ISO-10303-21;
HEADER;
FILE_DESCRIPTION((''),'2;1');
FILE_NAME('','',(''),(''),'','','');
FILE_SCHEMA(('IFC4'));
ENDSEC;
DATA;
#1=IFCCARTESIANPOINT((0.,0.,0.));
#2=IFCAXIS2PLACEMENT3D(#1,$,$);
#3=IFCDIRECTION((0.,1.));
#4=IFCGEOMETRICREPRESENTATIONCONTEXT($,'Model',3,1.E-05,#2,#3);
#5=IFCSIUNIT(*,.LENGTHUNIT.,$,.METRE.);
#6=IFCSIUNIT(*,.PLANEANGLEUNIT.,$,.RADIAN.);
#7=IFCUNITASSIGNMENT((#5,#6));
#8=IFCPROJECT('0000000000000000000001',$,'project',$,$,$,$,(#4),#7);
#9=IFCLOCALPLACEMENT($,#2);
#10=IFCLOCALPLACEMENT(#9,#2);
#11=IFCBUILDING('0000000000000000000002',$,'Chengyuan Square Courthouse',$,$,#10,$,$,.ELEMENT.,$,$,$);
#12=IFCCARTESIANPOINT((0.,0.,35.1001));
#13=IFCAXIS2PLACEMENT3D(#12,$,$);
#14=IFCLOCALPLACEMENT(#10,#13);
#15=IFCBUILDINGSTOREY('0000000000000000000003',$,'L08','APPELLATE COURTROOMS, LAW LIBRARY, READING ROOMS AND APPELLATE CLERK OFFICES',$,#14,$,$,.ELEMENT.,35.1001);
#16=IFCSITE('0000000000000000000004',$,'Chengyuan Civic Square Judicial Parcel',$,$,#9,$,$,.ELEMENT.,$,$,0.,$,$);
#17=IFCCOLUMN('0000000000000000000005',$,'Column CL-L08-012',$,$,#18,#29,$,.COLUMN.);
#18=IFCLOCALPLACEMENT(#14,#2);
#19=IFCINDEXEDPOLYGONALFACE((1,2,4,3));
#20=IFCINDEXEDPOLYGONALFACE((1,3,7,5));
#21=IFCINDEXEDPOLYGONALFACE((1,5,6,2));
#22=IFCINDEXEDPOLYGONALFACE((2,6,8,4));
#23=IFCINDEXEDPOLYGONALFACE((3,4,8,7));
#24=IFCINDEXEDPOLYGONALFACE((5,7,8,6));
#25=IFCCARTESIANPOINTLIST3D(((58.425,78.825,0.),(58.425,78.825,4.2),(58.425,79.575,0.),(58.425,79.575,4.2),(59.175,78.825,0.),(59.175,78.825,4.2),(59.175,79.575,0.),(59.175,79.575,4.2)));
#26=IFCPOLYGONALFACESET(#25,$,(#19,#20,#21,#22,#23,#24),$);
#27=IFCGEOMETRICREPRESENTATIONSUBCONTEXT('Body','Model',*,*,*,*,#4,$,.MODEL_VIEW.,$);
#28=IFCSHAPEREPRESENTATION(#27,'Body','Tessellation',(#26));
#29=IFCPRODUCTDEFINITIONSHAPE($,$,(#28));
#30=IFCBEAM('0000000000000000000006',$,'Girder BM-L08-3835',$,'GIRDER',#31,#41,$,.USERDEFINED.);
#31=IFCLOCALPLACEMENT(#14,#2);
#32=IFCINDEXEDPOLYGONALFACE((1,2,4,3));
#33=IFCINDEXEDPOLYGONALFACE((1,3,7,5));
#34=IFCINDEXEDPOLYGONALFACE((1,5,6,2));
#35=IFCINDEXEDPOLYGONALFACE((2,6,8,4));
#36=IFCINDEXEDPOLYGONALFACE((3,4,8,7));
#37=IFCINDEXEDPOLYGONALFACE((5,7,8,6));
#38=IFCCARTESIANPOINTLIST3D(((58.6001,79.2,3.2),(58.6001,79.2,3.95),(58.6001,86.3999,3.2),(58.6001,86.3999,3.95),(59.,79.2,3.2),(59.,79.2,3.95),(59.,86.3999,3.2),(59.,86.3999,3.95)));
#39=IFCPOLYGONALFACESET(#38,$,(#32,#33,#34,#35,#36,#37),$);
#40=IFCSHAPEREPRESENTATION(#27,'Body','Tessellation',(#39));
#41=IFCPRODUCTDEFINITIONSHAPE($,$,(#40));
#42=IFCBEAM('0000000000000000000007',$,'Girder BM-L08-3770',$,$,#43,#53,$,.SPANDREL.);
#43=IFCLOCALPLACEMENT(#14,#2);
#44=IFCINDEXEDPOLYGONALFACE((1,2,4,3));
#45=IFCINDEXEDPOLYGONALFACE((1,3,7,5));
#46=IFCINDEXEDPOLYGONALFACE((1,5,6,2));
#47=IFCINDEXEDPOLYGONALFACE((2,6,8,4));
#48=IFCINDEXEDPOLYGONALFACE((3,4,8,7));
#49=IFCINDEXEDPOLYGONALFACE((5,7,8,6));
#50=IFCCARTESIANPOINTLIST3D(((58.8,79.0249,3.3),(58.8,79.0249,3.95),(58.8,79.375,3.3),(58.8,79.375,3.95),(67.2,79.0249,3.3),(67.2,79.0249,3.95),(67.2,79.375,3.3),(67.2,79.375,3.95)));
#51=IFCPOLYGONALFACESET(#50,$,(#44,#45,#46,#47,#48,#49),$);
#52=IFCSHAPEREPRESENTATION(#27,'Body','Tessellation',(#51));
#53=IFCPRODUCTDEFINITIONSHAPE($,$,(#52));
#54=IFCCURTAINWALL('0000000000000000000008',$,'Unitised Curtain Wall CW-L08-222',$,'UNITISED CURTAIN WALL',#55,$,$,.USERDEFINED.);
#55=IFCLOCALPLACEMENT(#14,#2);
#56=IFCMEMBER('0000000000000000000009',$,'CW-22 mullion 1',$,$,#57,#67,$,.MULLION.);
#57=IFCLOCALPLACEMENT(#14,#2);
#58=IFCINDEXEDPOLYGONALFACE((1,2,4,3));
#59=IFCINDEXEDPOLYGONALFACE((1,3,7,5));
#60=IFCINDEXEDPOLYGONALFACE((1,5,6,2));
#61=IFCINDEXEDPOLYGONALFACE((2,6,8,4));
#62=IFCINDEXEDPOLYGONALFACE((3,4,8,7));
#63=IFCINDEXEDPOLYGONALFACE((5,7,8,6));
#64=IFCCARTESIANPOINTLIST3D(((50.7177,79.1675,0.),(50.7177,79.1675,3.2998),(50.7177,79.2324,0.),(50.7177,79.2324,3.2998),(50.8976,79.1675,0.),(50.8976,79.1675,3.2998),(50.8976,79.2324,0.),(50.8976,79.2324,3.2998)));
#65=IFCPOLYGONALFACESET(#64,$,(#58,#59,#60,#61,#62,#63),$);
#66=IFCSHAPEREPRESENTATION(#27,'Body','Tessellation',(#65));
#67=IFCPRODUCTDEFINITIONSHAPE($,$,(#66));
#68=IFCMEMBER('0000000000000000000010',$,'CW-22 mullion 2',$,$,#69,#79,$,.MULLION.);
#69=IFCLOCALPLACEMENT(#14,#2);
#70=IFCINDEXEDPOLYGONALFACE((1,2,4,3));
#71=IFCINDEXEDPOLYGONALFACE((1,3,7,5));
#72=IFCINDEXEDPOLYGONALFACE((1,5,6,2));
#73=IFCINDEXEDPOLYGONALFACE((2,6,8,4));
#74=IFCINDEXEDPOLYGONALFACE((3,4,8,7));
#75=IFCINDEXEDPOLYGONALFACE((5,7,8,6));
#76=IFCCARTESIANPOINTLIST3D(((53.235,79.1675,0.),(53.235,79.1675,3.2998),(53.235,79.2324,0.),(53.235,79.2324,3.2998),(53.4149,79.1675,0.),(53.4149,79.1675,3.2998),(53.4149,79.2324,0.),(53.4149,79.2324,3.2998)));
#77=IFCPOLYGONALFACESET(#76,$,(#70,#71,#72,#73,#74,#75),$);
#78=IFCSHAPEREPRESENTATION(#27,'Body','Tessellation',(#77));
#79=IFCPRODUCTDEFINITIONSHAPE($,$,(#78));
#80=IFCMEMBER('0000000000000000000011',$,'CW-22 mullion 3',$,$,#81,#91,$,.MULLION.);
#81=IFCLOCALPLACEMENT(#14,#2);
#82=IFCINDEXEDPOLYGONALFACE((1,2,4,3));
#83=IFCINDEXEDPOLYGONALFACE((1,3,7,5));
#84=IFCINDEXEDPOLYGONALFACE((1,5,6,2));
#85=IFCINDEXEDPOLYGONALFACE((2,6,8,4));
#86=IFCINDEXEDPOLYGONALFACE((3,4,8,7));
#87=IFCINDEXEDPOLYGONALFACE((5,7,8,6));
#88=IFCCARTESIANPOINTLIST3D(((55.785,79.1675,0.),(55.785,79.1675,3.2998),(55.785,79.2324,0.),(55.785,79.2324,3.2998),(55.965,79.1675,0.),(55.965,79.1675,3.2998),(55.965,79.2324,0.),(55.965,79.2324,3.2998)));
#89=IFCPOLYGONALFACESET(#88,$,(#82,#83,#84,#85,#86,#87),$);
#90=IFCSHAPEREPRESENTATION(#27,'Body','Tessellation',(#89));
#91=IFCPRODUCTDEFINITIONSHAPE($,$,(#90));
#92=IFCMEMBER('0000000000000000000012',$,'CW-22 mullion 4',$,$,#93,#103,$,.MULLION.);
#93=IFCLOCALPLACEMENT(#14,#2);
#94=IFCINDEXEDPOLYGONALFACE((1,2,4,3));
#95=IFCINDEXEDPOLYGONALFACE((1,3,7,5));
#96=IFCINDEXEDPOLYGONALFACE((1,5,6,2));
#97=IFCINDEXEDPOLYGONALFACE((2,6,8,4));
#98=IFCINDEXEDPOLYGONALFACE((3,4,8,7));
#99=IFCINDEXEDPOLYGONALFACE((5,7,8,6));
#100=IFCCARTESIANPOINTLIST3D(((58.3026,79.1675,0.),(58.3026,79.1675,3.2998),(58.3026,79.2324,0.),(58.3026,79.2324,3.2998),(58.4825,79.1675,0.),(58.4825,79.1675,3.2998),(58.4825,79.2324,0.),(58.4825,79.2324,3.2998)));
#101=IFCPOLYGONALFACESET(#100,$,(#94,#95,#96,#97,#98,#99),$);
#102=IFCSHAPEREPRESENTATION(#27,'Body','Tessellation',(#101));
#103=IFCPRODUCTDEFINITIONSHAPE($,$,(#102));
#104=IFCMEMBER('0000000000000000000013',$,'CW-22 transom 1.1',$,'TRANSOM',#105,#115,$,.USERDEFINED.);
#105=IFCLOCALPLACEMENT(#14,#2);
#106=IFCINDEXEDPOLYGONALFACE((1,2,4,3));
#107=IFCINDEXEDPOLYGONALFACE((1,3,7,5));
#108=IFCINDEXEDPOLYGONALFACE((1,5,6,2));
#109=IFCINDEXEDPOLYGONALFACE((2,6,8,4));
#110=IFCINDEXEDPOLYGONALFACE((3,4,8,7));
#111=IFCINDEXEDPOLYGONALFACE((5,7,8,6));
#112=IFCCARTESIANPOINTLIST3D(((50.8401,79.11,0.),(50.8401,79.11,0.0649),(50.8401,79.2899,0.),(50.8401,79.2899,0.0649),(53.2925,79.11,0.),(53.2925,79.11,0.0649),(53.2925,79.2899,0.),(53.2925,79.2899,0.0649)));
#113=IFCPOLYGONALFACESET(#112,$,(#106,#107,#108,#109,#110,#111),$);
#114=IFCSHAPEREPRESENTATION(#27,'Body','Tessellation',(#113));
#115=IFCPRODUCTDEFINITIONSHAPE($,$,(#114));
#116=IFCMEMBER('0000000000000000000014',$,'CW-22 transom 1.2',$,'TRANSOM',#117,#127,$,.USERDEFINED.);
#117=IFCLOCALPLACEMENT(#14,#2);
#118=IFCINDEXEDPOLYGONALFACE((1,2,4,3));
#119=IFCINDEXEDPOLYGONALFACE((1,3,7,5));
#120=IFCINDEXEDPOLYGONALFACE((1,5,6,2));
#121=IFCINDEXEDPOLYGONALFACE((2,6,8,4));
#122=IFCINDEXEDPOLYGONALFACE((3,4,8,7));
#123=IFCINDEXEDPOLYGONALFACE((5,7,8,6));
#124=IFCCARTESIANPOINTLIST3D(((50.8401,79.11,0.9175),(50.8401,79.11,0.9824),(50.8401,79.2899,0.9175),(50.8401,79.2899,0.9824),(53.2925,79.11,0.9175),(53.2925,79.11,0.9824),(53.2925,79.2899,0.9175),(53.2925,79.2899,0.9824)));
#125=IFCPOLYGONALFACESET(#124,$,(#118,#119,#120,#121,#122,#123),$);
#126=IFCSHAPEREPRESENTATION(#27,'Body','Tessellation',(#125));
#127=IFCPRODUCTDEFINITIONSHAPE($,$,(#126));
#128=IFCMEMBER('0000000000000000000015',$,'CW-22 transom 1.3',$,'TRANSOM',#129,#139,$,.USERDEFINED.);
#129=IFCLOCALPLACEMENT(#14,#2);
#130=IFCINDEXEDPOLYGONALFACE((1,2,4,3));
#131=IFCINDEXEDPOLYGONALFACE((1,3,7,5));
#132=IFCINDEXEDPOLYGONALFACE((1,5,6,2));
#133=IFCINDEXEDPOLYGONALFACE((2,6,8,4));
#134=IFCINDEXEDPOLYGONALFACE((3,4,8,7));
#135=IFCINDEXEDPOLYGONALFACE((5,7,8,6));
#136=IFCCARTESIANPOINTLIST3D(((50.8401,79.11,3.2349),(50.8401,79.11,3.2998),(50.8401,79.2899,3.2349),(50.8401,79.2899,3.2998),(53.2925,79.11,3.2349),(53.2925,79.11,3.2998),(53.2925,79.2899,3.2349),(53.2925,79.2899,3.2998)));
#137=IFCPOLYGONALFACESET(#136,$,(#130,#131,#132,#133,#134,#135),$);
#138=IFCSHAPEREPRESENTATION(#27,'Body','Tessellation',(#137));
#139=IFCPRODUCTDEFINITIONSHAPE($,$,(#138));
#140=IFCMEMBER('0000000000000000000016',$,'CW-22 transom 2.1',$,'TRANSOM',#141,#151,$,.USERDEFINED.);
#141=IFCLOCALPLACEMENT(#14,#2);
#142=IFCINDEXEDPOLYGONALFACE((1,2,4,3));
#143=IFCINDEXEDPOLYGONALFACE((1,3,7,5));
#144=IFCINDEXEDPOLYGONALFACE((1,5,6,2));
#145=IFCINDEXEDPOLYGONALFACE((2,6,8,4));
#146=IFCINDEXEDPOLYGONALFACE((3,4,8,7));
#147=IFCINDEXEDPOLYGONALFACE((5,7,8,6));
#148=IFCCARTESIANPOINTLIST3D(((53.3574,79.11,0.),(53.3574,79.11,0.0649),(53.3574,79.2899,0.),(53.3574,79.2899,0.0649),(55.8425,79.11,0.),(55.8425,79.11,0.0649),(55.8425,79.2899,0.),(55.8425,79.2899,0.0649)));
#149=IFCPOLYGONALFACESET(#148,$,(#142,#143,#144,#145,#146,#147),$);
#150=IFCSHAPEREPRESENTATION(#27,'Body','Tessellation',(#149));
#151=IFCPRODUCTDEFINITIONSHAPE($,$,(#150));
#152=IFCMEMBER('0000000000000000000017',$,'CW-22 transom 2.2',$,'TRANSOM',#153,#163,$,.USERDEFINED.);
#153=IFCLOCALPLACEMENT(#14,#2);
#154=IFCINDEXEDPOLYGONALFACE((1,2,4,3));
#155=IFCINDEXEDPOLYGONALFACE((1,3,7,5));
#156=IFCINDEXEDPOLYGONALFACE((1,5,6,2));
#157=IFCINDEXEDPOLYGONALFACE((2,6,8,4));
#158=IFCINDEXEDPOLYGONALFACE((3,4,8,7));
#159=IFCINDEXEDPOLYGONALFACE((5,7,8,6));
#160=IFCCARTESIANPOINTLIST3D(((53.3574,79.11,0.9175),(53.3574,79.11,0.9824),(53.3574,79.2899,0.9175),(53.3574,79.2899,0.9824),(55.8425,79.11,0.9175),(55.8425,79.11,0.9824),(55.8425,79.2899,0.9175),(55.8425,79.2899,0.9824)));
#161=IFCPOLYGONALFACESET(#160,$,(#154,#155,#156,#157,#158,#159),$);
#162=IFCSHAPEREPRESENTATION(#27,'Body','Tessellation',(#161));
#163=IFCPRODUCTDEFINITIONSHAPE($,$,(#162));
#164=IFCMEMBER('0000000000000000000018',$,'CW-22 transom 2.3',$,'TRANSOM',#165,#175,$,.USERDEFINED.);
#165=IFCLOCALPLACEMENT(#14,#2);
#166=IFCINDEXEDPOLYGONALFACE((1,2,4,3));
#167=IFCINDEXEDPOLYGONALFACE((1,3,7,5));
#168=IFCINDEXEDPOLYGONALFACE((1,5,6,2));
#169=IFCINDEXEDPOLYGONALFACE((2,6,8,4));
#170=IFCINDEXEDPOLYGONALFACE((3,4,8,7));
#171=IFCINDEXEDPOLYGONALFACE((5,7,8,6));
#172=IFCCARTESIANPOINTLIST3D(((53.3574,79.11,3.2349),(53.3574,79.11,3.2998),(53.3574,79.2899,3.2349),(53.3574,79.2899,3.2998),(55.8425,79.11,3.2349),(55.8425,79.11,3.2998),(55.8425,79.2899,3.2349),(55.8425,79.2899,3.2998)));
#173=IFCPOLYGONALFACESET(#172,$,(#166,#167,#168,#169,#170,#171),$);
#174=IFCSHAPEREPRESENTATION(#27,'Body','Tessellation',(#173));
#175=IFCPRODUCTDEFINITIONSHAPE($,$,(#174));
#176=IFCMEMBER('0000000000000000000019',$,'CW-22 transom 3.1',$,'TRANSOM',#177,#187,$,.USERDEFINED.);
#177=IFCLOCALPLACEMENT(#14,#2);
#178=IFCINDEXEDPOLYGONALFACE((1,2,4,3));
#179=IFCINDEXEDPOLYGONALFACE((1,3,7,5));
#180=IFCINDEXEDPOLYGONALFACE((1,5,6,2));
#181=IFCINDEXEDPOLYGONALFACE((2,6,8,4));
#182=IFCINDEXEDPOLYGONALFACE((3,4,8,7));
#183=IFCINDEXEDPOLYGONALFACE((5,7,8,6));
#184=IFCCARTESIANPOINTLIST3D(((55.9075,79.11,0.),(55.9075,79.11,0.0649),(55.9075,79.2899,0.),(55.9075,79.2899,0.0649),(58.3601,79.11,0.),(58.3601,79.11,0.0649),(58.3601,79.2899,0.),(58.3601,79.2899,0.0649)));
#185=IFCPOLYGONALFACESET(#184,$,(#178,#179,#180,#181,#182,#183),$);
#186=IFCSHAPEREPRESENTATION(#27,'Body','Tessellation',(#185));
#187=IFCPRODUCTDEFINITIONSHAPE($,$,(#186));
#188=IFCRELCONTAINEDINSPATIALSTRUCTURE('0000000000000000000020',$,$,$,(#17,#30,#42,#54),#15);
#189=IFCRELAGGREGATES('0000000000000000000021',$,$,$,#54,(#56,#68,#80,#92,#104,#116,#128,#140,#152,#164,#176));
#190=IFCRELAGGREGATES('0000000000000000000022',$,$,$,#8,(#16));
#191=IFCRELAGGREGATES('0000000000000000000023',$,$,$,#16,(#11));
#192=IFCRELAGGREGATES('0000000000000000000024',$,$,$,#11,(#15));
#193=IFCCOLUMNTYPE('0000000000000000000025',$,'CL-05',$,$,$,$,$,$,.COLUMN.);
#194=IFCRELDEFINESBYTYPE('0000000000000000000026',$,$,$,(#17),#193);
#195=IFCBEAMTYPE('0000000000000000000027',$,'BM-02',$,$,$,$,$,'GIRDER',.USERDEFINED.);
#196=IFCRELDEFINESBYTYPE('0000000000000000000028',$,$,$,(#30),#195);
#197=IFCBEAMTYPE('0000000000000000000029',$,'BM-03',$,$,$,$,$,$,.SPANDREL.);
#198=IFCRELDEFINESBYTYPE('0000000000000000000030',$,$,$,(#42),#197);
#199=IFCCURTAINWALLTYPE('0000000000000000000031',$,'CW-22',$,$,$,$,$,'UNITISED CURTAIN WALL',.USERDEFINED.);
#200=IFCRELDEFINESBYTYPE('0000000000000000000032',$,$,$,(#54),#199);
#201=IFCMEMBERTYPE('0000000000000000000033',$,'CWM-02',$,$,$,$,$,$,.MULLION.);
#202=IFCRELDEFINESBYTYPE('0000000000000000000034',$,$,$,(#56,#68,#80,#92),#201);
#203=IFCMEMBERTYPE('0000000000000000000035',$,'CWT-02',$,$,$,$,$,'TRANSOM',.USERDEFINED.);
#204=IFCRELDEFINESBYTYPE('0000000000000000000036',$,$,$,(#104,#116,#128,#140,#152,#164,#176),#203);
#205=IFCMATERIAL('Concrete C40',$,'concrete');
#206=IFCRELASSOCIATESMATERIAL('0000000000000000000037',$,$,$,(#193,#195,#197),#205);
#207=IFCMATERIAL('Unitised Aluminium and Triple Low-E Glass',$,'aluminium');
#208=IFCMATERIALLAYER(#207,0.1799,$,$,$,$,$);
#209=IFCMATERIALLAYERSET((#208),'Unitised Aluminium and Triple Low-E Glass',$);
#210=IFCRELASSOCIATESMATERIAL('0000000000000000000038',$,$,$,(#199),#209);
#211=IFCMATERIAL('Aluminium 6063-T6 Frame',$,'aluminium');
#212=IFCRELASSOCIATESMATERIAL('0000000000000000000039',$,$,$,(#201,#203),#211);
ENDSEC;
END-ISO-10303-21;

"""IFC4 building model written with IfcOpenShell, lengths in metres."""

from ifc_helpers import new_model, si_unit, direction, frame, origin, origin_2d, place, context, subcontext, project, spatial, rectangle, extrude, material, layer, layer_set, material_profile, profile_set, type_object, element, aggregate, save


model = new_model("IFC4")

# Units and contexts
model_context = context("Model", 3, precision=1e-05, world=origin(), true_north=direction((0.0, 1.0)))
body_context = subcontext(model_context, "Body", "Model", "MODEL_VIEW")
ifc_project = project(units=[si_unit("LENGTHUNIT", "METRE"), si_unit("PLANEANGLEUNIT", "RADIAN")], contexts=[model_context])

# Site, building, storey
site_placement = place(None, origin())
site = spatial("IfcSite", under=ifc_project, at=site_placement, Name="Chengyuan Civic Square Judicial Parcel", CompositionType="ELEMENT", RefElevation=0.0)
building_placement = place(site_placement, origin())
building = spatial("IfcBuilding", under=site, at=building_placement, Name="Chengyuan Square Courthouse", CompositionType="ELEMENT")
storey_placement = place(building_placement, frame((0.0, 0.0, 35.1001)))
storey = spatial("IfcBuildingStorey", under=building, at=storey_placement, Name="L08", Description="APPELLATE COURTROOMS, LAW LIBRARY, READING ROOMS AND APPELLATE CLERK OFFICES", CompositionType="ELEMENT", Elevation=35.1001)

# Column
ifc_material_1 = material(Name="Concrete C40", Category="concrete")
ifc_material_profile_1 = material_profile(ifc_material_1, rectangle(XDim=0.75, YDim=0.75, at=origin_2d()), Name="RC-COL-750x750")
ifc_profile_set_1 = profile_set([ifc_material_profile_1], Name="Concrete C40")
column_type = type_object("IfcColumnType", Name="CL-05", PredefinedType="COLUMN", material=ifc_profile_set_1)
column_placement = place(storey_placement, frame((58.8, 79.2, 0.0), z_axis=(0.0, 0.0, 1.0), x_axis=(1.0, 0.0, 0.0)))
element("IfcColumn", 1, at=column_placement, inside=storey, type_object=column_type, Name="Column CL-L08-012", PredefinedType="COLUMN", context=body_context, shape_type="SweptSolid", body=[
    extrude(rectangle(XDim=0.75, YDim=0.75, at=origin_2d()), origin(), (0.0, 0.0, 1.0), 4.2),
])

# Beams
ifc_material_profile_2 = material_profile(ifc_material_1, rectangle(XDim=0.3999, YDim=0.75, at=origin_2d()), Name="RC-BM-400x750")
ifc_profile_set_2 = profile_set([ifc_material_profile_2], Name="Concrete C40")
beam_type_1 = type_object("IfcBeamType", Name="BM-02", ElementType="GIRDER", PredefinedType="USERDEFINED", material=ifc_profile_set_2)
beam_1_placement = place(storey_placement, frame((58.8, 79.2, 3.575), z_axis=(0.0, 1.0, 0.0), x_axis=(-1.0, 0.0, 0.0)))
element("IfcBeam", 2, at=beam_1_placement, inside=storey, type_object=beam_type_1, Name="Girder BM-L08-3835", ObjectType="GIRDER", PredefinedType="USERDEFINED", context=body_context, shape_type="SweptSolid", body=[
    extrude(rectangle(XDim=0.3999, YDim=0.75, at=origin_2d()), origin(), (0.0, 0.0, 1.0), 7.2),
])
ifc_material_profile_3 = material_profile(ifc_material_1, rectangle(XDim=0.3501, YDim=0.6499, at=origin_2d()), Name="RC-BM-350x650")
ifc_profile_set_3 = profile_set([ifc_material_profile_3], Name="Concrete C40")
beam_type_2 = type_object("IfcBeamType", Name="BM-03", PredefinedType="SPANDREL", material=ifc_profile_set_3)
beam_2_placement = place(storey_placement, frame((58.8, 79.2, 3.625), z_axis=(1.0, 0.0, 0.0), x_axis=(0.0, 1.0, 0.0)))
element("IfcBeam", 3, at=beam_2_placement, inside=storey, type_object=beam_type_2, Name="Girder BM-L08-3770", PredefinedType="SPANDREL", context=body_context, shape_type="SweptSolid", body=[
    extrude(rectangle(XDim=0.3501, YDim=0.6499, at=origin_2d()), origin(), (0.0, 0.0, 1.0), 8.3999),
])

# Curtain wall, members
ifc_material_2 = material(Name="Unitised Aluminium and Triple Low-E Glass", Category="aluminium")
ifc_layer_1 = layer(ifc_material_2, 0.1799)
ifc_layer_set_1 = layer_set([ifc_layer_1], Name="Unitised Aluminium and Triple Low-E Glass")
curtain_wall_type = type_object("IfcCurtainWallType", Name="CW-22", ElementType="UNITISED CURTAIN WALL", PredefinedType="USERDEFINED", material=ifc_layer_set_1)
curtain_wall_placement = place(storey_placement, origin())
curtain_wall = element("IfcCurtainWall", 4, at=curtain_wall_placement, inside=storey, type_object=curtain_wall_type, Name="Unitised Curtain Wall CW-L08-222", ObjectType="UNITISED CURTAIN WALL", PredefinedType="USERDEFINED")
ifc_material_3 = material(Name="Aluminium 6063-T6 Frame", Category="aluminium")
ifc_material_profile_4 = material_profile(ifc_material_3, rectangle(XDim=0.0649, YDim=0.1799, at=origin_2d()), Name="CW-MUL-65x180")
ifc_profile_set_4 = profile_set([ifc_material_profile_4], Name="Aluminium 6063-T6 Frame")
member_type_1 = type_object("IfcMemberType", Name="CWM-02", PredefinedType="MULLION", material=ifc_profile_set_4)
member_1_placement = place(storey_placement, frame((50.8076, 79.2, 0.0), z_axis=(0.0, 0.0, 1.0), x_axis=(0.0, 1.0, 0.0)))
member_1 = element("IfcMember", 5, at=member_1_placement, type_object=member_type_1, Name="CW-22 mullion 1", PredefinedType="MULLION", context=body_context, shape_type="SweptSolid", body=[
    extrude(rectangle(XDim=0.0649, YDim=0.1799, at=origin_2d()), origin(), (0.0, 0.0, 1.0), 3.2998),
])
member_2_placement = place(storey_placement, frame((53.325, 79.2, 0.0), z_axis=(0.0, 0.0, 1.0), x_axis=(0.0, 1.0, 0.0)))
member_2 = element("IfcMember", 6, at=member_2_placement, type_object=member_type_1, Name="CW-22 mullion 2", PredefinedType="MULLION", context=body_context, shape_type="SweptSolid", body=[
    extrude(rectangle(XDim=0.0649, YDim=0.1799, at=origin_2d()), origin(), (0.0, 0.0, 1.0), 3.2998),
])
member_3_placement = place(storey_placement, frame((55.875, 79.2, 0.0), z_axis=(0.0, 0.0, 1.0), x_axis=(0.0, 1.0, 0.0)))
member_3 = element("IfcMember", 7, at=member_3_placement, type_object=member_type_1, Name="CW-22 mullion 3", PredefinedType="MULLION", context=body_context, shape_type="SweptSolid", body=[
    extrude(rectangle(XDim=0.0649, YDim=0.1799, at=origin_2d()), origin(), (0.0, 0.0, 1.0), 3.2998),
])
member_4_placement = place(storey_placement, frame((58.3926, 79.2, 0.0), z_axis=(0.0, 0.0, 1.0), x_axis=(0.0, 1.0, 0.0)))
member_4 = element("IfcMember", 8, at=member_4_placement, type_object=member_type_1, Name="CW-22 mullion 4", PredefinedType="MULLION", context=body_context, shape_type="SweptSolid", body=[
    extrude(rectangle(XDim=0.0649, YDim=0.1799, at=origin_2d()), origin(), (0.0, 0.0, 1.0), 3.2998),
])
ifc_material_profile_5 = material_profile(ifc_material_3, rectangle(XDim=0.1799, YDim=0.0649, at=origin_2d()), Name="CW-TRN-65x140")
ifc_profile_set_5 = profile_set([ifc_material_profile_5], Name="Aluminium 6063-T6 Frame")
member_type_2 = type_object("IfcMemberType", Name="CWT-02", ElementType="TRANSOM", PredefinedType="USERDEFINED", material=ifc_profile_set_5)
member_5_placement = place(storey_placement, frame((50.8401, 79.2, 0.0325), z_axis=(1.0, 0.0, 0.0), x_axis=(0.0, 1.0, 0.0)))
member_5 = element("IfcMember", 9, at=member_5_placement, type_object=member_type_2, Name="CW-22 transom 1.1", ObjectType="TRANSOM", PredefinedType="USERDEFINED", context=body_context, shape_type="SweptSolid", body=[
    extrude(rectangle(XDim=0.1799, YDim=0.0649, at=origin_2d()), origin(), (0.0, 0.0, 1.0), 2.4524),
])
member_6_placement = place(storey_placement, frame((50.8401, 79.2, 0.95), z_axis=(1.0, 0.0, 0.0), x_axis=(0.0, 1.0, 0.0)))
member_6 = element("IfcMember", 10, at=member_6_placement, type_object=member_type_2, Name="CW-22 transom 1.2", ObjectType="TRANSOM", PredefinedType="USERDEFINED", context=body_context, shape_type="SweptSolid", body=[
    extrude(rectangle(XDim=0.1799, YDim=0.0649, at=origin_2d()), origin(), (0.0, 0.0, 1.0), 2.4524),
])
member_7_placement = place(storey_placement, frame((50.8401, 79.2, 3.2673), z_axis=(1.0, 0.0, 0.0), x_axis=(0.0, 1.0, 0.0)))
member_7 = element("IfcMember", 11, at=member_7_placement, type_object=member_type_2, Name="CW-22 transom 1.3", ObjectType="TRANSOM", PredefinedType="USERDEFINED", context=body_context, shape_type="SweptSolid", body=[
    extrude(rectangle(XDim=0.1799, YDim=0.0649, at=origin_2d()), origin(), (0.0, 0.0, 1.0), 2.4524),
])
member_8_placement = place(storey_placement, frame((53.3574, 79.2, 0.0325), z_axis=(1.0, 0.0, 0.0), x_axis=(0.0, 1.0, 0.0)))
member_8 = element("IfcMember", 12, at=member_8_placement, type_object=member_type_2, Name="CW-22 transom 2.1", ObjectType="TRANSOM", PredefinedType="USERDEFINED", context=body_context, shape_type="SweptSolid", body=[
    extrude(rectangle(XDim=0.1799, YDim=0.0649, at=origin_2d()), origin(), (0.0, 0.0, 1.0), 2.4851),
])
member_9_placement = place(storey_placement, frame((53.3574, 79.2, 0.95), z_axis=(1.0, 0.0, 0.0), x_axis=(0.0, 1.0, 0.0)))
member_9 = element("IfcMember", 13, at=member_9_placement, type_object=member_type_2, Name="CW-22 transom 2.2", ObjectType="TRANSOM", PredefinedType="USERDEFINED", context=body_context, shape_type="SweptSolid", body=[
    extrude(rectangle(XDim=0.1799, YDim=0.0649, at=origin_2d()), origin(), (0.0, 0.0, 1.0), 2.4851),
])
member_10_placement = place(storey_placement, frame((53.3574, 79.2, 3.2673), z_axis=(1.0, 0.0, 0.0), x_axis=(0.0, 1.0, 0.0)))
member_10 = element("IfcMember", 14, at=member_10_placement, type_object=member_type_2, Name="CW-22 transom 2.3", ObjectType="TRANSOM", PredefinedType="USERDEFINED", context=body_context, shape_type="SweptSolid", body=[
    extrude(rectangle(XDim=0.1799, YDim=0.0649, at=origin_2d()), origin(), (0.0, 0.0, 1.0), 2.4851),
])
member_11_placement = place(storey_placement, frame((55.9075, 79.2, 0.0325), z_axis=(1.0, 0.0, 0.0), x_axis=(0.0, 1.0, 0.0)))
member_11 = element("IfcMember", 15, at=member_11_placement, type_object=member_type_2, Name="CW-22 transom 3.1", ObjectType="TRANSOM", PredefinedType="USERDEFINED", context=body_context, shape_type="SweptSolid", body=[
    extrude(rectangle(XDim=0.1799, YDim=0.0649, at=origin_2d()), origin(), (0.0, 0.0, 1.0), 2.4526),
])
aggregate(curtain_wall, [member_1, member_2, member_3, member_4, member_5, member_6, member_7, member_8, member_9, member_10, member_11])

save(model, "model.ifc")
